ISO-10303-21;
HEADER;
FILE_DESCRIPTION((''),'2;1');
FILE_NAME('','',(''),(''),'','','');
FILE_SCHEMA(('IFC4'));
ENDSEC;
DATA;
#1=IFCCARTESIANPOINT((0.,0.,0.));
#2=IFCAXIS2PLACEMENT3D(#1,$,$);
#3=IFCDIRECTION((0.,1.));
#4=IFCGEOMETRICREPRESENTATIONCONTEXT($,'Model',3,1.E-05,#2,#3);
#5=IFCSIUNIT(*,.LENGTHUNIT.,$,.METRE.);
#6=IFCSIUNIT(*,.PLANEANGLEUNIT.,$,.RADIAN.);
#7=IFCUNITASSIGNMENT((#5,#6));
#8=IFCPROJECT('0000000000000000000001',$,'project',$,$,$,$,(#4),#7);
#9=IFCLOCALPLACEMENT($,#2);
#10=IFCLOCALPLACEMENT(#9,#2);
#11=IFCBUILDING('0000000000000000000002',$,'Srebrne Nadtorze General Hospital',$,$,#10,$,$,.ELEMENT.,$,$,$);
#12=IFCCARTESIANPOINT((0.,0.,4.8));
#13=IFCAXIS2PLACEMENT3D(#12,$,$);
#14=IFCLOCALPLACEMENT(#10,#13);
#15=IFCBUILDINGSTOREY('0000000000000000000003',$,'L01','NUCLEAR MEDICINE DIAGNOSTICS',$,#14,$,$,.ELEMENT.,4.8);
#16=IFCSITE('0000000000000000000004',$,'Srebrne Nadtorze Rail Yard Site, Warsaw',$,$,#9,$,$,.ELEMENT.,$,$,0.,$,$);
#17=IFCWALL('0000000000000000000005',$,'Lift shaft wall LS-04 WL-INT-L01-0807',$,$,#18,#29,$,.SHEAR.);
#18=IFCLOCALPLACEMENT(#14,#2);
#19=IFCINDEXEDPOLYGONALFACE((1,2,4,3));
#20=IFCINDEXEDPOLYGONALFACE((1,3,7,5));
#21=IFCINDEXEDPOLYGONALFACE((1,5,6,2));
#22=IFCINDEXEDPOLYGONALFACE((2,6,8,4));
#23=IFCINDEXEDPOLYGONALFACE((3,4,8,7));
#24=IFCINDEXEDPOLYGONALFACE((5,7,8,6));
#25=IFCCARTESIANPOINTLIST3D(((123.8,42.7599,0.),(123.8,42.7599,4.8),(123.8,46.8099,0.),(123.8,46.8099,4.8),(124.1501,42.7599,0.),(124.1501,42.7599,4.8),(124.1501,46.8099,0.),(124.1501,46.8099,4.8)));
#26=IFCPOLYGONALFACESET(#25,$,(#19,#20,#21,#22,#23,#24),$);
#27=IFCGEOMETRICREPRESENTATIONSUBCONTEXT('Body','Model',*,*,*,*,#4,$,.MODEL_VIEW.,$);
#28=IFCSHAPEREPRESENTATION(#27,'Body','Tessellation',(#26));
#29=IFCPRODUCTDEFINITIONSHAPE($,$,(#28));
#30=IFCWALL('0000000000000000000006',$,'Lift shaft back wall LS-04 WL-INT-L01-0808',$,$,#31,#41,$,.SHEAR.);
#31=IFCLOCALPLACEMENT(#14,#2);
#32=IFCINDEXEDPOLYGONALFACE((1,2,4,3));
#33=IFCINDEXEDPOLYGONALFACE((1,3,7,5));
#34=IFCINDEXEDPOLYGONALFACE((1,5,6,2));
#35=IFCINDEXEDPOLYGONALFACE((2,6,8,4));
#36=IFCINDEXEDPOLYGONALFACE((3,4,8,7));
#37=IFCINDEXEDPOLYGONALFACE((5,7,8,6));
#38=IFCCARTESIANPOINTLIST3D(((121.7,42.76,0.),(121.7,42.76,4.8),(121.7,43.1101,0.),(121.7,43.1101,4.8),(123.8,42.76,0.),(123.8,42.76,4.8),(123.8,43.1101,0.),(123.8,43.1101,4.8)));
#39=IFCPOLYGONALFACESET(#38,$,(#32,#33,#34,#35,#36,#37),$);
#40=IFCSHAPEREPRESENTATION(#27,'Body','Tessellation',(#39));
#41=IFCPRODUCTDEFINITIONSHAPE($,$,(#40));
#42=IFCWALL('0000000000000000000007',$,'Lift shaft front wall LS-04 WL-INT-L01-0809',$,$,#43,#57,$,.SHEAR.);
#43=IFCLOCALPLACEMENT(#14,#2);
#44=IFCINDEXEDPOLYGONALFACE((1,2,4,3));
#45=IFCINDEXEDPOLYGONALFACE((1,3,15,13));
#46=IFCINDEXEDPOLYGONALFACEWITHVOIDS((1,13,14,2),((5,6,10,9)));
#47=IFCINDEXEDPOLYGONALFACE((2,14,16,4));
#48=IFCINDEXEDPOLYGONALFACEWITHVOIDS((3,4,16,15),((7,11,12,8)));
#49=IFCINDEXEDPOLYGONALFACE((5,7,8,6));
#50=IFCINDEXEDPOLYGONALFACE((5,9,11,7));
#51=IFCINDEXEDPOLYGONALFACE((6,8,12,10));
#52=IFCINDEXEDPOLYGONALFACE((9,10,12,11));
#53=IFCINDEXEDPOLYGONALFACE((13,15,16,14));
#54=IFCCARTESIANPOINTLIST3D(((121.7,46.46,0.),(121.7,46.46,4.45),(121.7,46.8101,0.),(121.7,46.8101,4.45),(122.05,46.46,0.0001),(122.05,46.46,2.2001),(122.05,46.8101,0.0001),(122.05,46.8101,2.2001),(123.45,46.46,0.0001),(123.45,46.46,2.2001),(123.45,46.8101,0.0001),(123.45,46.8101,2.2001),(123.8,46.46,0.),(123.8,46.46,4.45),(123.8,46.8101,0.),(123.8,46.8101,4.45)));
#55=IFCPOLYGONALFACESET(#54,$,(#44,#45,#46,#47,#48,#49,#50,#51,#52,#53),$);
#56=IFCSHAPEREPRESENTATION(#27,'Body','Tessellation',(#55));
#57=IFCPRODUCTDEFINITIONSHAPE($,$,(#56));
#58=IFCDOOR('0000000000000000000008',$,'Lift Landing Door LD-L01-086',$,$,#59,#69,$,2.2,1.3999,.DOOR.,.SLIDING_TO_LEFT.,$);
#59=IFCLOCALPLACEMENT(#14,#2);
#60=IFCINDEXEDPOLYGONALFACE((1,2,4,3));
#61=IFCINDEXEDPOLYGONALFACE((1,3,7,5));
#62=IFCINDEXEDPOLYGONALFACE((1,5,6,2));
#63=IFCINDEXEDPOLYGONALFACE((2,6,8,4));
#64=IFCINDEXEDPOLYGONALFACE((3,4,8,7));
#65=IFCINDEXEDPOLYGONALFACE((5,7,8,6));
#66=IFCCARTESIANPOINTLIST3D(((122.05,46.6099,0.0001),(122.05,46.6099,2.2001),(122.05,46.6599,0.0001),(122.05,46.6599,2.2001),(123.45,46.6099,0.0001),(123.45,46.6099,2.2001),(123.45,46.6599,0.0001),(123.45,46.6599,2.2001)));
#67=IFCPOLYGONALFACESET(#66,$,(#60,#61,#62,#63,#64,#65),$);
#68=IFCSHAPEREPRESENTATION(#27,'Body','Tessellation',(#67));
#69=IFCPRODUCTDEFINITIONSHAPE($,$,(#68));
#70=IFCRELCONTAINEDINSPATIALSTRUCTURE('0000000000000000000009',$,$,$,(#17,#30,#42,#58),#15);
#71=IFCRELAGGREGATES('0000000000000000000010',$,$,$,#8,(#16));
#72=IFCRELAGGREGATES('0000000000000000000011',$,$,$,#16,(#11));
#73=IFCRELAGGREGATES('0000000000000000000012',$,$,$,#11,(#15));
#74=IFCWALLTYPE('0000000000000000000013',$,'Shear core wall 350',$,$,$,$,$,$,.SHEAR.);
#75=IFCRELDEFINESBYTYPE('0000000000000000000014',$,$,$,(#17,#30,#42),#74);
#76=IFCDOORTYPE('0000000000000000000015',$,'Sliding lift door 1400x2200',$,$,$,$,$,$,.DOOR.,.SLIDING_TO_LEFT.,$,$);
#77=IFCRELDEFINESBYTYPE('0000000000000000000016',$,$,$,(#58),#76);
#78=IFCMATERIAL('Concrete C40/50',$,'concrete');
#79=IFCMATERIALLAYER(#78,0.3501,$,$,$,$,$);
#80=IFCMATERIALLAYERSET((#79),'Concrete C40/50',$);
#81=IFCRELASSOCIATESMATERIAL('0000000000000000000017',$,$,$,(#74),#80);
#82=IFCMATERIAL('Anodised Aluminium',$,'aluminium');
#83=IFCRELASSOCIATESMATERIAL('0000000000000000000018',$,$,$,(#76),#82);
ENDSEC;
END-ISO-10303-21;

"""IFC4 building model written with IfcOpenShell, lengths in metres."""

from ifc_helpers import new_model, si_unit, direction, frame, frame_2d, origin, place, context, subcontext, project, spatial, rectangle, extrude, material, layer, layer_set, type_object, element, fill, save


model = new_model("IFC4")

# Units and contexts
model_context = context("Model", 3, precision=1e-05, world=origin(), true_north=direction((0.0, 1.0)))
body_context = subcontext(model_context, "Body", "Model", "MODEL_VIEW")
ifc_project = project(units=[si_unit("LENGTHUNIT", "METRE"), si_unit("PLANEANGLEUNIT", "RADIAN")], contexts=[model_context])

# Site, building, storey
site_placement = place(None, origin())
site = spatial("IfcSite", under=ifc_project, at=site_placement, Name="Srebrne Nadtorze Rail Yard Site, Warsaw", CompositionType="ELEMENT", RefElevation=0.0)
building_placement = place(site_placement, origin())
building = spatial("IfcBuilding", under=site, at=building_placement, Name="Srebrne Nadtorze General Hospital", CompositionType="ELEMENT")
storey_placement = place(building_placement, frame((0.0, 0.0, 4.8)))
storey = spatial("IfcBuildingStorey", under=building, at=storey_placement, Name="L01", Description="NUCLEAR MEDICINE DIAGNOSTICS", CompositionType="ELEMENT", Elevation=4.8)

# Shared definitions
ifc_material_1 = material(Name="Concrete C40/50", Category="concrete")
ifc_layer_1 = layer(ifc_material_1, 0.3501)
ifc_layer_set_1 = layer_set([ifc_layer_1], Name="Concrete C40/50")
wall_type_1 = type_object("IfcWallType", Name="Shear core wall 350", PredefinedType="SHEAR", material=ifc_layer_set_1)

# Shared definitions
ifc_material_2 = material(Name="Anodised Aluminium", Category="aluminium")
door_type_1 = type_object("IfcDoorType", Name="Sliding lift door 1400x2200", OperationType="SLIDING_TO_LEFT", PredefinedType="DOOR", material=ifc_material_2)

# Walls
for number, where, z_axis, x_axis, name in (
    (1, (123.9751, 42.76, 0.0), (0.0, 0.0, 1.0), (0.0, 1.0, 0.0), "Lift shaft wall LS-04 WL-INT-L01-0807"),
):
    element("IfcWall", number, at=place(storey_placement, frame(where, z_axis=z_axis, x_axis=x_axis)), inside=storey, type_object=wall_type_1, Name=name, PredefinedType="SHEAR", context=body_context, shape_type="SweptSolid", body=[
        extrude(rectangle(XDim=4.05, YDim=0.3501, at=frame_2d((2.0249, 0.0))), origin(), (0.0, 0.0, 1.0), 4.8),
    ])
wall_1_placement = place(storey_placement, frame((121.7, 42.9351, 0.0), z_axis=(0.0, 0.0, 1.0), x_axis=(1.0, 0.0, 0.0)))
element("IfcWall", 2, at=wall_1_placement, inside=storey, type_object=wall_type_1, Name="Lift shaft back wall LS-04 WL-INT-L01-0808", PredefinedType="SHEAR", context=body_context, shape_type="SweptSolid", body=[
    extrude(rectangle(XDim=2.1001, YDim=0.3501, at=frame_2d((1.05, 0.0))), origin(), (0.0, 0.0, 1.0), 4.8),
])

# Wall, opening, door
wall_2_placement = place(storey_placement, frame((121.7, 46.635, 0.0), z_axis=(0.0, 0.0, 1.0), x_axis=(1.0, 0.0, 0.0)))
wall_2 = element("IfcWall", 3, at=wall_2_placement, inside=storey, type_object=wall_type_1, Name="Lift shaft front wall LS-04 WL-INT-L01-0809", PredefinedType="SHEAR", context=body_context, shape_type="SweptSolid", body=[
    extrude(rectangle(XDim=2.1001, YDim=0.3501, at=frame_2d((1.05, 0.0))), origin(), (0.0, 0.0, 1.0), 4.45),
])
opening_1_placement = place(wall_2_placement, frame((0.3501, 0.0, 0.0)))
opening_1 = element("IfcOpeningElement", 4, at=opening_1_placement, cuts=wall_2, PredefinedType="OPENING", context=body_context, shape_type="SweptSolid", body=[
    extrude(rectangle(XDim=1.3999, YDim=2.2, at=frame_2d((0.7, 1.1001))), frame((0.0, 0.187, 0.0), z_axis=(0.0, -1.0, 0.0), x_axis=(1.0, 0.0, 0.0)), (0.0, 0.0, 1.0), 0.374),
])
door_1_placement = place(opening_1_placement, origin())
door_1 = element("IfcDoor", 5, at=door_1_placement, inside=storey, type_object=door_type_1, Name="Lift Landing Door LD-L01-086", OperationType="SLIDING_TO_LEFT", OverallHeight=2.2, OverallWidth=1.3999, PredefinedType="DOOR", context=body_context, shape_type="SweptSolid", body=[
    extrude(rectangle(XDim=1.3999, YDim=2.2, at=frame_2d((0.7, 1.1001))), frame((0.0, 0.0249, 0.0), z_axis=(0.0, -1.0, 0.0), x_axis=(1.0, 0.0, 0.0)), (0.0, 0.0, 1.0), 0.05),
])
fill(opening_1, door_1)

save(model, "model.ifc")
